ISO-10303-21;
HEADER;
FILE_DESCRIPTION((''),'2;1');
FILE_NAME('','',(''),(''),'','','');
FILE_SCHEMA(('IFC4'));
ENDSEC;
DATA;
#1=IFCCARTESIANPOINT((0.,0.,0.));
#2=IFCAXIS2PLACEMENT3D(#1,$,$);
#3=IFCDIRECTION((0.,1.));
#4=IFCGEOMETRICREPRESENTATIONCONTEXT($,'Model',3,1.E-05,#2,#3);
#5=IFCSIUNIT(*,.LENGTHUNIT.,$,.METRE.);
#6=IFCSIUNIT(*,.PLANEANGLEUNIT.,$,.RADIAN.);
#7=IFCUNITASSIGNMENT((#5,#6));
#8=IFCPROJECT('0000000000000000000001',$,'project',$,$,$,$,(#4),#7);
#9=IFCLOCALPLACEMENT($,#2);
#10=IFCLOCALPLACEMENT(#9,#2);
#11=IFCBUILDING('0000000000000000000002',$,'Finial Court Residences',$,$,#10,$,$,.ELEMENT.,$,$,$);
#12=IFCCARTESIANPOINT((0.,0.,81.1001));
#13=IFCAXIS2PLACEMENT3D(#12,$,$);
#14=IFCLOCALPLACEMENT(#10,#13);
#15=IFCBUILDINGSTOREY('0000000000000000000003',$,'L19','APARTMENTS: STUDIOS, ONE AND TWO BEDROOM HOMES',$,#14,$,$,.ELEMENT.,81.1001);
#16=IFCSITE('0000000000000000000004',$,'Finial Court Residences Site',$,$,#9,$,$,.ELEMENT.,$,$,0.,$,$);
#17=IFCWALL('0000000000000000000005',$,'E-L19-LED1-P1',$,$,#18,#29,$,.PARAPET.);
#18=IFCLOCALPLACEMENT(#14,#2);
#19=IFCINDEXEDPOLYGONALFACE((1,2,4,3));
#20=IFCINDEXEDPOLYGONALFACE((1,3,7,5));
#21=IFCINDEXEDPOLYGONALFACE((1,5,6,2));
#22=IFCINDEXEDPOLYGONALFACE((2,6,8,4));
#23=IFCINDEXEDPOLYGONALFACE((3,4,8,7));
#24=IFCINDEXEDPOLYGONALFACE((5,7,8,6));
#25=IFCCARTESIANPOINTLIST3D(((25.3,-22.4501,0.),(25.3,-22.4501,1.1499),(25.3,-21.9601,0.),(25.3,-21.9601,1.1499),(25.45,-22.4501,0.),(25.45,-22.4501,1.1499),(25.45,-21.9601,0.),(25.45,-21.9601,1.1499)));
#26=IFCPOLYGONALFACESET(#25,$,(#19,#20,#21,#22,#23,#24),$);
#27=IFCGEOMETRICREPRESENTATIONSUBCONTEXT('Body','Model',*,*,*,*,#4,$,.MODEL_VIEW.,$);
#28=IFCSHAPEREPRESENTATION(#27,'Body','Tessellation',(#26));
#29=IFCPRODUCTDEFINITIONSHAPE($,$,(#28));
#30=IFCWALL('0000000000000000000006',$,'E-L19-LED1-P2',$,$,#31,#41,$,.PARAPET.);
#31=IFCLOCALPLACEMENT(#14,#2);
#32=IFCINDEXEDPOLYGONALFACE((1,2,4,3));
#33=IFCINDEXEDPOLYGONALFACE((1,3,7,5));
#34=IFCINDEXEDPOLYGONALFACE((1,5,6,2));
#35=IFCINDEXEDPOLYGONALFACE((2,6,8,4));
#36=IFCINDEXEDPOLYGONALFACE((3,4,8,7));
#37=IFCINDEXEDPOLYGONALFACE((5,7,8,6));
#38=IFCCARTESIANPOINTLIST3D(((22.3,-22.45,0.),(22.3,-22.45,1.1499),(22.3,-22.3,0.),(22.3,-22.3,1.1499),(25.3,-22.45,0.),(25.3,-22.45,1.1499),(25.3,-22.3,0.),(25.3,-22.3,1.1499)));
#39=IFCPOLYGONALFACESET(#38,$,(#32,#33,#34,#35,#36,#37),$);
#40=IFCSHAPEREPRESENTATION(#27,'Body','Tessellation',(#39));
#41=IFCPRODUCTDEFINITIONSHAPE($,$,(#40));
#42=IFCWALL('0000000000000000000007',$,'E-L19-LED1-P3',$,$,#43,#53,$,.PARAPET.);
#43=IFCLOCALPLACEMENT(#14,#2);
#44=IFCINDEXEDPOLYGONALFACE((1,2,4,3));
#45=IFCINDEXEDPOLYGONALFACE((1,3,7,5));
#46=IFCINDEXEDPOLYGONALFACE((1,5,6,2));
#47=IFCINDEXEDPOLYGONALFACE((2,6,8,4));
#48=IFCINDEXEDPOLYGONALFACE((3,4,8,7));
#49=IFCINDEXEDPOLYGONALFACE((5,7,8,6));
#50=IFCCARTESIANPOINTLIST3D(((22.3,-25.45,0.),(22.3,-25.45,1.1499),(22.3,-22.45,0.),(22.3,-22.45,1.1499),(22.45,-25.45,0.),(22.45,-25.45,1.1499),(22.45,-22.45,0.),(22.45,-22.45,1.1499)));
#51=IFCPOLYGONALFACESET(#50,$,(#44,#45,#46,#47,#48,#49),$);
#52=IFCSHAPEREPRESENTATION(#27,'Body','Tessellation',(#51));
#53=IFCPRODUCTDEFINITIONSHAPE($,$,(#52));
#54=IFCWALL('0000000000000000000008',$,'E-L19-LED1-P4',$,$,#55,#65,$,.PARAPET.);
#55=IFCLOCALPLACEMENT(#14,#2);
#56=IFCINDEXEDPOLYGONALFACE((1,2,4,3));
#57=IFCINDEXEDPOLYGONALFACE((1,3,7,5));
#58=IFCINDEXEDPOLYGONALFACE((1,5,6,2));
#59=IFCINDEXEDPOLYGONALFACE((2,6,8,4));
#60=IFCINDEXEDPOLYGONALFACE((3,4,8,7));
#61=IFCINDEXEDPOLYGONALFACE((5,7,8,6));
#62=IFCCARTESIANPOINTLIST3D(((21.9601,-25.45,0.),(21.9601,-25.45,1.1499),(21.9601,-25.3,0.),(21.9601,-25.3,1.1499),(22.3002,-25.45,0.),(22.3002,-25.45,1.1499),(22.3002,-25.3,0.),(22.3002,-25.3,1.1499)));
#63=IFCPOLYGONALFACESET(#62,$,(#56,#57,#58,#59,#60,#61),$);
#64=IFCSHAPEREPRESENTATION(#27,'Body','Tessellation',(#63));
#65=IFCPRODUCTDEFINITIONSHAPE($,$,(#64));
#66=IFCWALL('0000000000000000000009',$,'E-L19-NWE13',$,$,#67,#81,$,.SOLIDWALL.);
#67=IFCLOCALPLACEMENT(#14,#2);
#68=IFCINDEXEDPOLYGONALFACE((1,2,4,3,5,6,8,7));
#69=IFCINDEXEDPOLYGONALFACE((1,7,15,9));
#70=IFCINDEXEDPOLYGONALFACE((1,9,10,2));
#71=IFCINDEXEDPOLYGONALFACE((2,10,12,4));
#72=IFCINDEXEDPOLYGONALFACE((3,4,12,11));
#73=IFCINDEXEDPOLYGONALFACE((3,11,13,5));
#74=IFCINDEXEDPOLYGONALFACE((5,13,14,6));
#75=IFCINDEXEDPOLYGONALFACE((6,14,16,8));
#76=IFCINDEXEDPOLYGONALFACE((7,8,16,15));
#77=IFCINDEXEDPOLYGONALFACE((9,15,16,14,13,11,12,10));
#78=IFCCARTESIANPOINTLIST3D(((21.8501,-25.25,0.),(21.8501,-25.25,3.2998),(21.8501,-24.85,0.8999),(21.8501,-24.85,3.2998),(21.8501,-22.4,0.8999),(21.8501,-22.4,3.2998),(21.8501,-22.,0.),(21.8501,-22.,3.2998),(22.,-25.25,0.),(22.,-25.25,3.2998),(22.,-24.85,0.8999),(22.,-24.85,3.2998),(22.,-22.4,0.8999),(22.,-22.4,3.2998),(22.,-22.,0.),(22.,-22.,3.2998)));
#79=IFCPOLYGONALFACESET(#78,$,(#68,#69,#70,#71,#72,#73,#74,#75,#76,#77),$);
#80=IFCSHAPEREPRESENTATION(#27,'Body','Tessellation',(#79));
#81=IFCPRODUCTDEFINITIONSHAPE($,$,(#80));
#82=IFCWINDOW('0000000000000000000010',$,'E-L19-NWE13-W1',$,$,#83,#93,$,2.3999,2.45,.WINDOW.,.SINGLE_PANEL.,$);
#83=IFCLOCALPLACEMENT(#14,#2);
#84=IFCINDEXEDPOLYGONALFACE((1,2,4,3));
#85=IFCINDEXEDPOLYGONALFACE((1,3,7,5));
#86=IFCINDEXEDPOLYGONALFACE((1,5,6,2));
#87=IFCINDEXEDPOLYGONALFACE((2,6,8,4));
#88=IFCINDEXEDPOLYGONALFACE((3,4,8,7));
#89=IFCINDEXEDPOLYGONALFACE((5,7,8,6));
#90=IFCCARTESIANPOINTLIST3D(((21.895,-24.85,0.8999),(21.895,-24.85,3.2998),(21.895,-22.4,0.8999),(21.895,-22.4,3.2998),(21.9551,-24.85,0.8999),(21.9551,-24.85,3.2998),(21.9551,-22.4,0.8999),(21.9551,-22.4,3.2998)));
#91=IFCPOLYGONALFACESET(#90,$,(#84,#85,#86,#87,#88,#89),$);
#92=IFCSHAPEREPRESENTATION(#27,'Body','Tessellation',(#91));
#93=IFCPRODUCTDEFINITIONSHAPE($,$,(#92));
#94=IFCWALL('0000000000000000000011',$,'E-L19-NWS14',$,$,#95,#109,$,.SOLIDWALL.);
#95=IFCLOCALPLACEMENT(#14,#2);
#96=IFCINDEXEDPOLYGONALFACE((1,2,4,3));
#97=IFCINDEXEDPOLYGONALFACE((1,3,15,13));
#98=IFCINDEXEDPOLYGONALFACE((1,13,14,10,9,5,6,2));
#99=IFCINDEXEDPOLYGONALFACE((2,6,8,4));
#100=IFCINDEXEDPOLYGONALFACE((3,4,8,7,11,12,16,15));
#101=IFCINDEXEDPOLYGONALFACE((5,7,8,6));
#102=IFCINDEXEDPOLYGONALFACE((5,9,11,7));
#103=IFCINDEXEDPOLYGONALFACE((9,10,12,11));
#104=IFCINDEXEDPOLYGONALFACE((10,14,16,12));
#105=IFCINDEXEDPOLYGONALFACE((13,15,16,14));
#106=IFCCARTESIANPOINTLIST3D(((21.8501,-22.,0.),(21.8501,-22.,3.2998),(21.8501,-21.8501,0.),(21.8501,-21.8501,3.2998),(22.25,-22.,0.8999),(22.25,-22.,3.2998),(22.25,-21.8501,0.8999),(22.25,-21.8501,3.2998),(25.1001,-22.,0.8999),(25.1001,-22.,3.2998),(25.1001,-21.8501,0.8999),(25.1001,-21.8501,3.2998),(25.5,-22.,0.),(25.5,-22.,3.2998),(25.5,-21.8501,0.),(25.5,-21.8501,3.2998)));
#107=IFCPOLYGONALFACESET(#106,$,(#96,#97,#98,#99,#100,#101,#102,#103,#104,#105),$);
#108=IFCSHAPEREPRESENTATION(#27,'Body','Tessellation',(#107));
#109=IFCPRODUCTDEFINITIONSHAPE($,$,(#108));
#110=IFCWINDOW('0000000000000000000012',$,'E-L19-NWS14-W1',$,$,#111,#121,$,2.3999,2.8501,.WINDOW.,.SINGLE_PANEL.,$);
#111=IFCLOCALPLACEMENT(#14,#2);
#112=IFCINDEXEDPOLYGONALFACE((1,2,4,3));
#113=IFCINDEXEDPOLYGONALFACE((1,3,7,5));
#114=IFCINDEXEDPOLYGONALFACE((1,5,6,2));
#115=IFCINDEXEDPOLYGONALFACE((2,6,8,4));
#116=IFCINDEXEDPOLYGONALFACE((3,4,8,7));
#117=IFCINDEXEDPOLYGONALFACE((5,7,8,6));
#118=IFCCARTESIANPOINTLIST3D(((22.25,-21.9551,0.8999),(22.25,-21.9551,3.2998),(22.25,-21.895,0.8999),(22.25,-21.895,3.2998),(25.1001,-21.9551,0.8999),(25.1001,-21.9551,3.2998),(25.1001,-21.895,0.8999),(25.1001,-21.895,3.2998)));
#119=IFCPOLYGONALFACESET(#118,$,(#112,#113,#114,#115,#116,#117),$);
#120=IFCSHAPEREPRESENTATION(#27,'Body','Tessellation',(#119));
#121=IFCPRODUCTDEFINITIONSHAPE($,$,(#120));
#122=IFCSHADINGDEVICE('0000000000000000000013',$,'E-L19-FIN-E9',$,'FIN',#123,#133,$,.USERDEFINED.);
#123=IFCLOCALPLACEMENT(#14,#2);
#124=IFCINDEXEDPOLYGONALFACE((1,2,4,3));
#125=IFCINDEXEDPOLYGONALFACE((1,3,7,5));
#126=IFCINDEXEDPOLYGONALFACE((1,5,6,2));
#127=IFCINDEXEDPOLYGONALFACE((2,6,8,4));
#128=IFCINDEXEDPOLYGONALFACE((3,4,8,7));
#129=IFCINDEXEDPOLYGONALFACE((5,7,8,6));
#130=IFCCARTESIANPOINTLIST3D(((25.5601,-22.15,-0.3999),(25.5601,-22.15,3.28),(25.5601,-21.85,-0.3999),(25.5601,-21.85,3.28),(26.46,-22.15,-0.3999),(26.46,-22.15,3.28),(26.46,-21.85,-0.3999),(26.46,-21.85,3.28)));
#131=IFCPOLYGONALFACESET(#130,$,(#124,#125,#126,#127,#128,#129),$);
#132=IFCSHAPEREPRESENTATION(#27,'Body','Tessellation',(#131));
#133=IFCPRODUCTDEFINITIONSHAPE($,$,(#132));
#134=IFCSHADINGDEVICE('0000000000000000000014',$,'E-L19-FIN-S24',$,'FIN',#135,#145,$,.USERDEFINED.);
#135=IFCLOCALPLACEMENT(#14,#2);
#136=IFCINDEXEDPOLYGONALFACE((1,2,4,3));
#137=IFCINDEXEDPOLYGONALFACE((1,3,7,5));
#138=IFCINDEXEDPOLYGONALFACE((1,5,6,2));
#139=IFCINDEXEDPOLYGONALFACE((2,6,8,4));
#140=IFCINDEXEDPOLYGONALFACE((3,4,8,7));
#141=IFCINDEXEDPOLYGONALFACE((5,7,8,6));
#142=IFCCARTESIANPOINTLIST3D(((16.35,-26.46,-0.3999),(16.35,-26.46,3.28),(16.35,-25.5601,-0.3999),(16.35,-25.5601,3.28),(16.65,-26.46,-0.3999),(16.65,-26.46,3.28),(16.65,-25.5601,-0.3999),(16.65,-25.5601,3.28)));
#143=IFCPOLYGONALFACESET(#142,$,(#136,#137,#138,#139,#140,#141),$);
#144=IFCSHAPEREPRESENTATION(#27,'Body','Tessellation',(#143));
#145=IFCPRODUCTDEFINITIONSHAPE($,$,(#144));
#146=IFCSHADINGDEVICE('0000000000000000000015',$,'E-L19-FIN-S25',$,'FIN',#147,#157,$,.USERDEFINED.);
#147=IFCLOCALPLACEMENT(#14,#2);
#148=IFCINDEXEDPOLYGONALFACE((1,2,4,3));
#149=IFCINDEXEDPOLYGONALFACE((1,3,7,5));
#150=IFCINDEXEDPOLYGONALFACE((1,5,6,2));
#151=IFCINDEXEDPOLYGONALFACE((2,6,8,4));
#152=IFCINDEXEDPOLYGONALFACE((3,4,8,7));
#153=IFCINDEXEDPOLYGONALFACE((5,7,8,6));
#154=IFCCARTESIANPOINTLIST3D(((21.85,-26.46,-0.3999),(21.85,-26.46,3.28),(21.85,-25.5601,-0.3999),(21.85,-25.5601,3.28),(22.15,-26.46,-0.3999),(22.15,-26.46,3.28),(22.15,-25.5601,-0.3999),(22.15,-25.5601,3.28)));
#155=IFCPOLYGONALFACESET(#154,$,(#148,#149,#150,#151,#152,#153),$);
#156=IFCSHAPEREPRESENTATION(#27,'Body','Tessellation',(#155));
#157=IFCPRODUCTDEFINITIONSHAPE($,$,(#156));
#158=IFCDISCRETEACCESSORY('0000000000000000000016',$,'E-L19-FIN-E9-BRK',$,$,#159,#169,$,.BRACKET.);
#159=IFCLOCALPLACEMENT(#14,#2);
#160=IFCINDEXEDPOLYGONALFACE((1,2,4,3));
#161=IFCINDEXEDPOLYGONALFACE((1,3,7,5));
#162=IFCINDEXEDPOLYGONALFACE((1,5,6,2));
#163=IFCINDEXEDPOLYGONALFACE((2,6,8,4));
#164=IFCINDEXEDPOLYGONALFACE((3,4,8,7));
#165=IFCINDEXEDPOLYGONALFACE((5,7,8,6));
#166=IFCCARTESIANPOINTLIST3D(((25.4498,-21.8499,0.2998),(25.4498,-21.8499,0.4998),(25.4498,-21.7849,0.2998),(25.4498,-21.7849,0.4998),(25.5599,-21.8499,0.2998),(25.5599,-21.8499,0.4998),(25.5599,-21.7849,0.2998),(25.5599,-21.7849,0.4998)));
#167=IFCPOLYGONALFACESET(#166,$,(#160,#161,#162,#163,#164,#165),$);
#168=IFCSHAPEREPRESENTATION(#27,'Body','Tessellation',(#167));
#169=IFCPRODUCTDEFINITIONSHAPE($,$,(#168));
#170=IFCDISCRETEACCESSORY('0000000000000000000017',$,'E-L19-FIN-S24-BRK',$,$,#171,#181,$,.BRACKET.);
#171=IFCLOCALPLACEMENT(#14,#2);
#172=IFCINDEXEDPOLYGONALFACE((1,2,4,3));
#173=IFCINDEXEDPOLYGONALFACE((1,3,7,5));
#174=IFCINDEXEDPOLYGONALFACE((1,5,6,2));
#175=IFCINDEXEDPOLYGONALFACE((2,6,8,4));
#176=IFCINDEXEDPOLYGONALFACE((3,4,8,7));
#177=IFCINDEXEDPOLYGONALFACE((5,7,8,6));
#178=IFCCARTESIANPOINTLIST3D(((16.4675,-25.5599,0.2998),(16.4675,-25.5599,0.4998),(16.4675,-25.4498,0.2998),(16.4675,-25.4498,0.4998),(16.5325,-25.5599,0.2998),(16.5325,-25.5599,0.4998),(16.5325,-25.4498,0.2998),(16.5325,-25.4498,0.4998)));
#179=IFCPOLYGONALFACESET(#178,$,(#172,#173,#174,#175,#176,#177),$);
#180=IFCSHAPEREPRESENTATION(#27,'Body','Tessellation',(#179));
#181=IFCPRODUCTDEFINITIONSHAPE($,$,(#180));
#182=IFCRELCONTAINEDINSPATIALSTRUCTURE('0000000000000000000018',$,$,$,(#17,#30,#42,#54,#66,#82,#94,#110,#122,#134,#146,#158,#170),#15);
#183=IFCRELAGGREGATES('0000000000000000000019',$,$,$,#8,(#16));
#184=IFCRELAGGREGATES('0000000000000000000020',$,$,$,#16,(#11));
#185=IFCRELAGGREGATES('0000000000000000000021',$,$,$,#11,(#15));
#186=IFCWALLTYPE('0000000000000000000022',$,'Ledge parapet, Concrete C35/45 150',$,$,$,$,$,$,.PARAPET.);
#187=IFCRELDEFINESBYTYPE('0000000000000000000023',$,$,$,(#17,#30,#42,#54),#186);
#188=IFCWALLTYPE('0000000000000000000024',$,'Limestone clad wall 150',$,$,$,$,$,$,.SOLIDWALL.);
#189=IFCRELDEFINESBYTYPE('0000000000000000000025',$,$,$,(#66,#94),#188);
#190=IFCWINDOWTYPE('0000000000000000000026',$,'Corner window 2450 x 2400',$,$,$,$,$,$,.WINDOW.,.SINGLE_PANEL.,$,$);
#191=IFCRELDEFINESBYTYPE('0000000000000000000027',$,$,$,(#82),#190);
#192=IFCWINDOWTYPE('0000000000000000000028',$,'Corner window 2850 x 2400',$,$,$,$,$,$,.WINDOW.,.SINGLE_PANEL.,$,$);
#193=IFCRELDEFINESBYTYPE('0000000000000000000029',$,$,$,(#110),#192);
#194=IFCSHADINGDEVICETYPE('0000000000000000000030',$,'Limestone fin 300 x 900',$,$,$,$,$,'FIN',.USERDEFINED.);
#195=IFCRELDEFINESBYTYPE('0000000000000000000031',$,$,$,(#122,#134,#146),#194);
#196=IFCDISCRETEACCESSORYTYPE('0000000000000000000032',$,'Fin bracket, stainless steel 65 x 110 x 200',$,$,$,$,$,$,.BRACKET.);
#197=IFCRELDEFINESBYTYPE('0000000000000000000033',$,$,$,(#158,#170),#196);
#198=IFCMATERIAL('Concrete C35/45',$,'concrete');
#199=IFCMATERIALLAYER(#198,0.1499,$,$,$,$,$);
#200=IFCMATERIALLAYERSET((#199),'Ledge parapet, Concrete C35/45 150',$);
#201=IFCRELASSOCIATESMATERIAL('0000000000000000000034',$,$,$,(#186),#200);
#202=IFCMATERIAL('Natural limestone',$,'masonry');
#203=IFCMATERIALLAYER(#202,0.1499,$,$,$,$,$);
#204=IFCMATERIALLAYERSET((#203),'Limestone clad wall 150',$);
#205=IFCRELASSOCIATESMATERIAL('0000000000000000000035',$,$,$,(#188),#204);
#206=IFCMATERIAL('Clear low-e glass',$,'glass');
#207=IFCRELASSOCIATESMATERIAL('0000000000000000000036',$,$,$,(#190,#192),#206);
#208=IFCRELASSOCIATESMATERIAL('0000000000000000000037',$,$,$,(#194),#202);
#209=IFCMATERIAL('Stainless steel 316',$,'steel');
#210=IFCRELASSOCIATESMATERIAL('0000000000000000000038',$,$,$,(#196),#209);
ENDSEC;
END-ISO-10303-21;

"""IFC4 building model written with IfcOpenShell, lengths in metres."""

from ifc_helpers import new_model, si_unit, direction, frame, frame_2d, origin, origin_2d, place, context, subcontext, project, spatial, rectangle, extrude, material, layer, layer_set, type_object, element, fill, save


model = new_model("IFC4")

# Units and contexts
model_context = context("Model", 3, precision=1e-05, world=origin(), true_north=direction((0.0, 1.0)))
body_context = subcontext(model_context, "Body", "Model", "MODEL_VIEW")
ifc_project = project(units=[si_unit("LENGTHUNIT", "METRE"), si_unit("PLANEANGLEUNIT", "RADIAN")], contexts=[model_context])

# Site, building, storey
site_placement = place(None, origin())
site = spatial("IfcSite", under=ifc_project, at=site_placement, Name="Finial Court Residences Site", CompositionType="ELEMENT", RefElevation=0.0)
building_placement = place(site_placement, origin())
building = spatial("IfcBuilding", under=site, at=building_placement, Name="Finial Court Residences", CompositionType="ELEMENT")
storey_placement = place(building_placement, frame((0.0, 0.0, 81.1001)))
storey = spatial("IfcBuildingStorey", under=building, at=storey_placement, Name="L19", Description="APARTMENTS: STUDIOS, ONE AND TWO BEDROOM HOMES", CompositionType="ELEMENT", Elevation=81.1001)

# Shared definitions
ifc_material_1 = material(Name="Clear low-e glass", Category="glass")

# Walls
ifc_material_2 = material(Name="Concrete C35/45", Category="concrete")
ifc_layer_1 = layer(ifc_material_2, 0.1499)
ifc_layer_set_1 = layer_set([ifc_layer_1], Name="Ledge parapet, Concrete C35/45 150")
wall_type_1 = type_object("IfcWallType", Name="Ledge parapet, Concrete C35/45 150", PredefinedType="PARAPET", material=ifc_layer_set_1)
wall_1_placement = place(storey_placement, frame((25.375, -21.96, 0.0), z_axis=(0.0, 0.0, 1.0), x_axis=(0.0, -1.0, 0.0)))
element("IfcWall", 1, at=wall_1_placement, inside=storey, type_object=wall_type_1, Name="E-L19-LED1-P1", PredefinedType="PARAPET", context=body_context, shape_type="SweptSolid", body=[
    extrude(rectangle(XDim=0.49, YDim=0.1499, at=frame_2d((0.2451, 0.0))), origin(), (0.0, 0.0, 1.0), 1.1499),
])
for number, where, z_axis, x_axis, name in (
    (2, (25.3, -22.375, 0.0), (0.0, 0.0, 1.0), (-1.0, 0.0, 0.0), "E-L19-LED1-P2"),
    (3, (22.375, -22.45, 0.0), (0.0, 0.0, 1.0), (0.0, -1.0, 0.0), "E-L19-LED1-P3"),
):
    element("IfcWall", number, at=place(storey_placement, frame(where, z_axis=z_axis, x_axis=x_axis)), inside=storey, type_object=wall_type_1, Name=name, PredefinedType="PARAPET", context=body_context, shape_type="SweptSolid", body=[
        extrude(rectangle(XDim=3.0, YDim=0.1499, at=frame_2d((1.5, 0.0))), origin(), (0.0, 0.0, 1.0), 1.1499),
    ])
wall_2_placement = place(storey_placement, frame((22.3, -25.375, 0.0), z_axis=(0.0, 0.0, 1.0), x_axis=(-1.0, 0.0, 0.0)))
element("IfcWall", 4, at=wall_2_placement, inside=storey, type_object=wall_type_1, Name="E-L19-LED1-P4", PredefinedType="PARAPET", context=body_context, shape_type="SweptSolid", body=[
    extrude(rectangle(XDim=0.3401, YDim=0.1499, at=frame_2d((0.1699, 0.0))), origin(), (0.0, 0.0, 1.0), 1.1499),
])

# Walls, openings, windows
ifc_material_3 = material(Name="Natural limestone", Category="masonry")
ifc_layer_2 = layer(ifc_material_3, 0.1499)
ifc_layer_set_2 = layer_set([ifc_layer_2], Name="Limestone clad wall 150")
wall_type_2 = type_object("IfcWallType", Name="Limestone clad wall 150", PredefinedType="SOLIDWALL", material=ifc_layer_set_2)
wall_3_placement = place(storey_placement, frame((21.925, -22.0, 0.0), z_axis=(0.0, 0.0, 1.0), x_axis=(0.0, -1.0, 0.0)))
wall_3 = element("IfcWall", 5, at=wall_3_placement, inside=storey, type_object=wall_type_2, Name="E-L19-NWE13", PredefinedType="SOLIDWALL", context=body_context, shape_type="SweptSolid", body=[
    extrude(rectangle(XDim=3.25, YDim=0.1499, at=frame_2d((1.625, 0.0))), origin(), (0.0, 0.0, 1.0), 3.2998),
])
opening_1_placement = place(wall_3_placement, frame((0.3999, 0.0, 0.8999)))
opening_1 = element("IfcOpeningElement", 6, at=opening_1_placement, cuts=wall_3, PredefinedType="OPENING", context=body_context, shape_type="SweptSolid", body=[
    extrude(rectangle(XDim=2.45, YDim=2.3999, at=frame_2d((1.2251, 1.2))), frame((0.0, 0.085, 0.0), z_axis=(0.0, -1.0, 0.0), x_axis=(1.0, 0.0, 0.0)), (0.0, 0.0, 1.0), 0.1699),
])
window_type_1 = type_object("IfcWindowType", Name="Corner window 2450 x 2400", PartitioningType="SINGLE_PANEL", PredefinedType="WINDOW", material=ifc_material_1)
window_1_placement = place(opening_1_placement, origin())
window_1 = element("IfcWindow", 7, at=window_1_placement, inside=storey, type_object=window_type_1, Name="E-L19-NWE13-W1", OverallHeight=2.3999, OverallWidth=2.45, PartitioningType="SINGLE_PANEL", PredefinedType="WINDOW", context=body_context, shape_type="SweptSolid", body=[
    extrude(rectangle(XDim=2.45, YDim=2.3999, at=frame_2d((1.2251, 1.2))), frame((0.0, 0.03, 0.0), z_axis=(0.0, -1.0, 0.0), x_axis=(1.0, 0.0, 0.0)), (0.0, 0.0, 1.0), 0.0601),
])
fill(opening_1, window_1)
wall_4_placement = place(storey_placement, frame((25.5, -21.925, 0.0), z_axis=(0.0, 0.0, 1.0), x_axis=(-1.0, 0.0, 0.0)))
wall_4 = element("IfcWall", 8, at=wall_4_placement, inside=storey, type_object=wall_type_2, Name="E-L19-NWS14", PredefinedType="SOLIDWALL", context=body_context, shape_type="SweptSolid", body=[
    extrude(rectangle(XDim=3.6499, YDim=0.1499, at=frame_2d((1.825, 0.0))), origin(), (0.0, 0.0, 1.0), 3.2998),
])
opening_2_placement = place(wall_4_placement, frame((0.3999, 0.0, 0.8999)))
opening_2 = element("IfcOpeningElement", 9, at=opening_2_placement, cuts=wall_4, PredefinedType="OPENING", context=body_context, shape_type="SweptSolid", body=[
    extrude(rectangle(XDim=2.8501, YDim=2.3999, at=frame_2d((1.425, 1.2))), frame((0.0, 0.085, 0.0), z_axis=(0.0, -1.0, 0.0), x_axis=(1.0, 0.0, 0.0)), (0.0, 0.0, 1.0), 0.1699),
])
window_type_2 = type_object("IfcWindowType", Name="Corner window 2850 x 2400", PartitioningType="SINGLE_PANEL", PredefinedType="WINDOW", material=ifc_material_1)
window_2_placement = place(opening_2_placement, origin())
window_2 = element("IfcWindow", 10, at=window_2_placement, inside=storey, type_object=window_type_2, Name="E-L19-NWS14-W1", OverallHeight=2.3999, OverallWidth=2.8501, PartitioningType="SINGLE_PANEL", PredefinedType="WINDOW", context=body_context, shape_type="SweptSolid", body=[
    extrude(rectangle(XDim=2.8501, YDim=2.3999, at=frame_2d((1.425, 1.2))), frame((0.0, 0.03, 0.0), z_axis=(0.0, -1.0, 0.0), x_axis=(1.0, 0.0, 0.0)), (0.0, 0.0, 1.0), 0.0601),
])
fill(opening_2, window_2)

# Shading devices
shading_device_type = type_object("IfcShadingDeviceType", Name="Limestone fin 300 x 900", ElementType="FIN", PredefinedType="USERDEFINED", material=ifc_material_3)
shading_device_placement = place(storey_placement, frame((26.01, -22.0, -0.3999), z_axis=(0.0, 0.0, 1.0), x_axis=(1.0, 0.0, 0.0)))
element("IfcShadingDevice", 11, at=shading_device_placement, inside=storey, type_object=shading_device_type, Name="E-L19-FIN-E9", ObjectType="FIN", PredefinedType="USERDEFINED", context=body_context, shape_type="SweptSolid", body=[
    extrude(rectangle(XDim=0.8999, YDim=0.3, at=origin_2d()), origin(), (0.0, 0.0, 1.0), 3.6799),
])
for number, where, z_axis, x_axis, name in (
    (12, (16.5, -26.01, -0.3999), (0.0, 0.0, 1.0), (1.0, 0.0, 0.0), "E-L19-FIN-S24"),
    (13, (22.0, -26.01, -0.3999), (0.0, 0.0, 1.0), (1.0, 0.0, 0.0), "E-L19-FIN-S25"),
):
    element("IfcShadingDevice", number, at=place(storey_placement, frame(where, z_axis=z_axis, x_axis=x_axis)), inside=storey, type_object=shading_device_type, Name=name, ObjectType="FIN", PredefinedType="USERDEFINED", context=body_context, shape_type="SweptSolid", body=[
        extrude(rectangle(XDim=0.3, YDim=0.8999, at=origin_2d()), origin(), (0.0, 0.0, 1.0), 3.6799),
    ])

# Discrete accessories
ifc_material_4 = material(Name="Stainless steel 316", Category="steel")
discrete_accessory_type = type_object("IfcDiscreteAccessoryType", Name="Fin bracket, stainless steel 65 x 110 x 200", PredefinedType="BRACKET", material=ifc_material_4)
discrete_accessory_placement = place(storey_placement, frame((25.5049, -21.8174, 0.2998), z_axis=(0.0, 0.0, 1.0), x_axis=(1.0, 0.0, 0.0)))
element("IfcDiscreteAccessory", 14, at=discrete_accessory_placement, inside=storey, type_object=discrete_accessory_type, Name="E-L19-FIN-E9-BRK", PredefinedType="BRACKET", context=body_context, shape_type="SweptSolid", body=[
    extrude(rectangle(XDim=0.1101, YDim=0.0649, at=origin_2d()), origin(), (0.0, 0.0, 1.0), 0.2),
])
for number, where, z_axis, x_axis, name in (
    (15, (16.5, -25.5049, 0.2998), (0.0, 0.0, 1.0), (1.0, 0.0, 0.0), "E-L19-FIN-S24-BRK"),
):
    element("IfcDiscreteAccessory", number, at=place(storey_placement, frame(where, z_axis=z_axis, x_axis=x_axis)), inside=storey, type_object=discrete_accessory_type, Name=name, PredefinedType="BRACKET", context=body_context, shape_type="SweptSolid", body=[
        extrude(rectangle(XDim=0.0649, YDim=0.1101, at=origin_2d()), origin(), (0.0, 0.0, 1.0), 0.2),
    ])

save(model, "model.ifc")
